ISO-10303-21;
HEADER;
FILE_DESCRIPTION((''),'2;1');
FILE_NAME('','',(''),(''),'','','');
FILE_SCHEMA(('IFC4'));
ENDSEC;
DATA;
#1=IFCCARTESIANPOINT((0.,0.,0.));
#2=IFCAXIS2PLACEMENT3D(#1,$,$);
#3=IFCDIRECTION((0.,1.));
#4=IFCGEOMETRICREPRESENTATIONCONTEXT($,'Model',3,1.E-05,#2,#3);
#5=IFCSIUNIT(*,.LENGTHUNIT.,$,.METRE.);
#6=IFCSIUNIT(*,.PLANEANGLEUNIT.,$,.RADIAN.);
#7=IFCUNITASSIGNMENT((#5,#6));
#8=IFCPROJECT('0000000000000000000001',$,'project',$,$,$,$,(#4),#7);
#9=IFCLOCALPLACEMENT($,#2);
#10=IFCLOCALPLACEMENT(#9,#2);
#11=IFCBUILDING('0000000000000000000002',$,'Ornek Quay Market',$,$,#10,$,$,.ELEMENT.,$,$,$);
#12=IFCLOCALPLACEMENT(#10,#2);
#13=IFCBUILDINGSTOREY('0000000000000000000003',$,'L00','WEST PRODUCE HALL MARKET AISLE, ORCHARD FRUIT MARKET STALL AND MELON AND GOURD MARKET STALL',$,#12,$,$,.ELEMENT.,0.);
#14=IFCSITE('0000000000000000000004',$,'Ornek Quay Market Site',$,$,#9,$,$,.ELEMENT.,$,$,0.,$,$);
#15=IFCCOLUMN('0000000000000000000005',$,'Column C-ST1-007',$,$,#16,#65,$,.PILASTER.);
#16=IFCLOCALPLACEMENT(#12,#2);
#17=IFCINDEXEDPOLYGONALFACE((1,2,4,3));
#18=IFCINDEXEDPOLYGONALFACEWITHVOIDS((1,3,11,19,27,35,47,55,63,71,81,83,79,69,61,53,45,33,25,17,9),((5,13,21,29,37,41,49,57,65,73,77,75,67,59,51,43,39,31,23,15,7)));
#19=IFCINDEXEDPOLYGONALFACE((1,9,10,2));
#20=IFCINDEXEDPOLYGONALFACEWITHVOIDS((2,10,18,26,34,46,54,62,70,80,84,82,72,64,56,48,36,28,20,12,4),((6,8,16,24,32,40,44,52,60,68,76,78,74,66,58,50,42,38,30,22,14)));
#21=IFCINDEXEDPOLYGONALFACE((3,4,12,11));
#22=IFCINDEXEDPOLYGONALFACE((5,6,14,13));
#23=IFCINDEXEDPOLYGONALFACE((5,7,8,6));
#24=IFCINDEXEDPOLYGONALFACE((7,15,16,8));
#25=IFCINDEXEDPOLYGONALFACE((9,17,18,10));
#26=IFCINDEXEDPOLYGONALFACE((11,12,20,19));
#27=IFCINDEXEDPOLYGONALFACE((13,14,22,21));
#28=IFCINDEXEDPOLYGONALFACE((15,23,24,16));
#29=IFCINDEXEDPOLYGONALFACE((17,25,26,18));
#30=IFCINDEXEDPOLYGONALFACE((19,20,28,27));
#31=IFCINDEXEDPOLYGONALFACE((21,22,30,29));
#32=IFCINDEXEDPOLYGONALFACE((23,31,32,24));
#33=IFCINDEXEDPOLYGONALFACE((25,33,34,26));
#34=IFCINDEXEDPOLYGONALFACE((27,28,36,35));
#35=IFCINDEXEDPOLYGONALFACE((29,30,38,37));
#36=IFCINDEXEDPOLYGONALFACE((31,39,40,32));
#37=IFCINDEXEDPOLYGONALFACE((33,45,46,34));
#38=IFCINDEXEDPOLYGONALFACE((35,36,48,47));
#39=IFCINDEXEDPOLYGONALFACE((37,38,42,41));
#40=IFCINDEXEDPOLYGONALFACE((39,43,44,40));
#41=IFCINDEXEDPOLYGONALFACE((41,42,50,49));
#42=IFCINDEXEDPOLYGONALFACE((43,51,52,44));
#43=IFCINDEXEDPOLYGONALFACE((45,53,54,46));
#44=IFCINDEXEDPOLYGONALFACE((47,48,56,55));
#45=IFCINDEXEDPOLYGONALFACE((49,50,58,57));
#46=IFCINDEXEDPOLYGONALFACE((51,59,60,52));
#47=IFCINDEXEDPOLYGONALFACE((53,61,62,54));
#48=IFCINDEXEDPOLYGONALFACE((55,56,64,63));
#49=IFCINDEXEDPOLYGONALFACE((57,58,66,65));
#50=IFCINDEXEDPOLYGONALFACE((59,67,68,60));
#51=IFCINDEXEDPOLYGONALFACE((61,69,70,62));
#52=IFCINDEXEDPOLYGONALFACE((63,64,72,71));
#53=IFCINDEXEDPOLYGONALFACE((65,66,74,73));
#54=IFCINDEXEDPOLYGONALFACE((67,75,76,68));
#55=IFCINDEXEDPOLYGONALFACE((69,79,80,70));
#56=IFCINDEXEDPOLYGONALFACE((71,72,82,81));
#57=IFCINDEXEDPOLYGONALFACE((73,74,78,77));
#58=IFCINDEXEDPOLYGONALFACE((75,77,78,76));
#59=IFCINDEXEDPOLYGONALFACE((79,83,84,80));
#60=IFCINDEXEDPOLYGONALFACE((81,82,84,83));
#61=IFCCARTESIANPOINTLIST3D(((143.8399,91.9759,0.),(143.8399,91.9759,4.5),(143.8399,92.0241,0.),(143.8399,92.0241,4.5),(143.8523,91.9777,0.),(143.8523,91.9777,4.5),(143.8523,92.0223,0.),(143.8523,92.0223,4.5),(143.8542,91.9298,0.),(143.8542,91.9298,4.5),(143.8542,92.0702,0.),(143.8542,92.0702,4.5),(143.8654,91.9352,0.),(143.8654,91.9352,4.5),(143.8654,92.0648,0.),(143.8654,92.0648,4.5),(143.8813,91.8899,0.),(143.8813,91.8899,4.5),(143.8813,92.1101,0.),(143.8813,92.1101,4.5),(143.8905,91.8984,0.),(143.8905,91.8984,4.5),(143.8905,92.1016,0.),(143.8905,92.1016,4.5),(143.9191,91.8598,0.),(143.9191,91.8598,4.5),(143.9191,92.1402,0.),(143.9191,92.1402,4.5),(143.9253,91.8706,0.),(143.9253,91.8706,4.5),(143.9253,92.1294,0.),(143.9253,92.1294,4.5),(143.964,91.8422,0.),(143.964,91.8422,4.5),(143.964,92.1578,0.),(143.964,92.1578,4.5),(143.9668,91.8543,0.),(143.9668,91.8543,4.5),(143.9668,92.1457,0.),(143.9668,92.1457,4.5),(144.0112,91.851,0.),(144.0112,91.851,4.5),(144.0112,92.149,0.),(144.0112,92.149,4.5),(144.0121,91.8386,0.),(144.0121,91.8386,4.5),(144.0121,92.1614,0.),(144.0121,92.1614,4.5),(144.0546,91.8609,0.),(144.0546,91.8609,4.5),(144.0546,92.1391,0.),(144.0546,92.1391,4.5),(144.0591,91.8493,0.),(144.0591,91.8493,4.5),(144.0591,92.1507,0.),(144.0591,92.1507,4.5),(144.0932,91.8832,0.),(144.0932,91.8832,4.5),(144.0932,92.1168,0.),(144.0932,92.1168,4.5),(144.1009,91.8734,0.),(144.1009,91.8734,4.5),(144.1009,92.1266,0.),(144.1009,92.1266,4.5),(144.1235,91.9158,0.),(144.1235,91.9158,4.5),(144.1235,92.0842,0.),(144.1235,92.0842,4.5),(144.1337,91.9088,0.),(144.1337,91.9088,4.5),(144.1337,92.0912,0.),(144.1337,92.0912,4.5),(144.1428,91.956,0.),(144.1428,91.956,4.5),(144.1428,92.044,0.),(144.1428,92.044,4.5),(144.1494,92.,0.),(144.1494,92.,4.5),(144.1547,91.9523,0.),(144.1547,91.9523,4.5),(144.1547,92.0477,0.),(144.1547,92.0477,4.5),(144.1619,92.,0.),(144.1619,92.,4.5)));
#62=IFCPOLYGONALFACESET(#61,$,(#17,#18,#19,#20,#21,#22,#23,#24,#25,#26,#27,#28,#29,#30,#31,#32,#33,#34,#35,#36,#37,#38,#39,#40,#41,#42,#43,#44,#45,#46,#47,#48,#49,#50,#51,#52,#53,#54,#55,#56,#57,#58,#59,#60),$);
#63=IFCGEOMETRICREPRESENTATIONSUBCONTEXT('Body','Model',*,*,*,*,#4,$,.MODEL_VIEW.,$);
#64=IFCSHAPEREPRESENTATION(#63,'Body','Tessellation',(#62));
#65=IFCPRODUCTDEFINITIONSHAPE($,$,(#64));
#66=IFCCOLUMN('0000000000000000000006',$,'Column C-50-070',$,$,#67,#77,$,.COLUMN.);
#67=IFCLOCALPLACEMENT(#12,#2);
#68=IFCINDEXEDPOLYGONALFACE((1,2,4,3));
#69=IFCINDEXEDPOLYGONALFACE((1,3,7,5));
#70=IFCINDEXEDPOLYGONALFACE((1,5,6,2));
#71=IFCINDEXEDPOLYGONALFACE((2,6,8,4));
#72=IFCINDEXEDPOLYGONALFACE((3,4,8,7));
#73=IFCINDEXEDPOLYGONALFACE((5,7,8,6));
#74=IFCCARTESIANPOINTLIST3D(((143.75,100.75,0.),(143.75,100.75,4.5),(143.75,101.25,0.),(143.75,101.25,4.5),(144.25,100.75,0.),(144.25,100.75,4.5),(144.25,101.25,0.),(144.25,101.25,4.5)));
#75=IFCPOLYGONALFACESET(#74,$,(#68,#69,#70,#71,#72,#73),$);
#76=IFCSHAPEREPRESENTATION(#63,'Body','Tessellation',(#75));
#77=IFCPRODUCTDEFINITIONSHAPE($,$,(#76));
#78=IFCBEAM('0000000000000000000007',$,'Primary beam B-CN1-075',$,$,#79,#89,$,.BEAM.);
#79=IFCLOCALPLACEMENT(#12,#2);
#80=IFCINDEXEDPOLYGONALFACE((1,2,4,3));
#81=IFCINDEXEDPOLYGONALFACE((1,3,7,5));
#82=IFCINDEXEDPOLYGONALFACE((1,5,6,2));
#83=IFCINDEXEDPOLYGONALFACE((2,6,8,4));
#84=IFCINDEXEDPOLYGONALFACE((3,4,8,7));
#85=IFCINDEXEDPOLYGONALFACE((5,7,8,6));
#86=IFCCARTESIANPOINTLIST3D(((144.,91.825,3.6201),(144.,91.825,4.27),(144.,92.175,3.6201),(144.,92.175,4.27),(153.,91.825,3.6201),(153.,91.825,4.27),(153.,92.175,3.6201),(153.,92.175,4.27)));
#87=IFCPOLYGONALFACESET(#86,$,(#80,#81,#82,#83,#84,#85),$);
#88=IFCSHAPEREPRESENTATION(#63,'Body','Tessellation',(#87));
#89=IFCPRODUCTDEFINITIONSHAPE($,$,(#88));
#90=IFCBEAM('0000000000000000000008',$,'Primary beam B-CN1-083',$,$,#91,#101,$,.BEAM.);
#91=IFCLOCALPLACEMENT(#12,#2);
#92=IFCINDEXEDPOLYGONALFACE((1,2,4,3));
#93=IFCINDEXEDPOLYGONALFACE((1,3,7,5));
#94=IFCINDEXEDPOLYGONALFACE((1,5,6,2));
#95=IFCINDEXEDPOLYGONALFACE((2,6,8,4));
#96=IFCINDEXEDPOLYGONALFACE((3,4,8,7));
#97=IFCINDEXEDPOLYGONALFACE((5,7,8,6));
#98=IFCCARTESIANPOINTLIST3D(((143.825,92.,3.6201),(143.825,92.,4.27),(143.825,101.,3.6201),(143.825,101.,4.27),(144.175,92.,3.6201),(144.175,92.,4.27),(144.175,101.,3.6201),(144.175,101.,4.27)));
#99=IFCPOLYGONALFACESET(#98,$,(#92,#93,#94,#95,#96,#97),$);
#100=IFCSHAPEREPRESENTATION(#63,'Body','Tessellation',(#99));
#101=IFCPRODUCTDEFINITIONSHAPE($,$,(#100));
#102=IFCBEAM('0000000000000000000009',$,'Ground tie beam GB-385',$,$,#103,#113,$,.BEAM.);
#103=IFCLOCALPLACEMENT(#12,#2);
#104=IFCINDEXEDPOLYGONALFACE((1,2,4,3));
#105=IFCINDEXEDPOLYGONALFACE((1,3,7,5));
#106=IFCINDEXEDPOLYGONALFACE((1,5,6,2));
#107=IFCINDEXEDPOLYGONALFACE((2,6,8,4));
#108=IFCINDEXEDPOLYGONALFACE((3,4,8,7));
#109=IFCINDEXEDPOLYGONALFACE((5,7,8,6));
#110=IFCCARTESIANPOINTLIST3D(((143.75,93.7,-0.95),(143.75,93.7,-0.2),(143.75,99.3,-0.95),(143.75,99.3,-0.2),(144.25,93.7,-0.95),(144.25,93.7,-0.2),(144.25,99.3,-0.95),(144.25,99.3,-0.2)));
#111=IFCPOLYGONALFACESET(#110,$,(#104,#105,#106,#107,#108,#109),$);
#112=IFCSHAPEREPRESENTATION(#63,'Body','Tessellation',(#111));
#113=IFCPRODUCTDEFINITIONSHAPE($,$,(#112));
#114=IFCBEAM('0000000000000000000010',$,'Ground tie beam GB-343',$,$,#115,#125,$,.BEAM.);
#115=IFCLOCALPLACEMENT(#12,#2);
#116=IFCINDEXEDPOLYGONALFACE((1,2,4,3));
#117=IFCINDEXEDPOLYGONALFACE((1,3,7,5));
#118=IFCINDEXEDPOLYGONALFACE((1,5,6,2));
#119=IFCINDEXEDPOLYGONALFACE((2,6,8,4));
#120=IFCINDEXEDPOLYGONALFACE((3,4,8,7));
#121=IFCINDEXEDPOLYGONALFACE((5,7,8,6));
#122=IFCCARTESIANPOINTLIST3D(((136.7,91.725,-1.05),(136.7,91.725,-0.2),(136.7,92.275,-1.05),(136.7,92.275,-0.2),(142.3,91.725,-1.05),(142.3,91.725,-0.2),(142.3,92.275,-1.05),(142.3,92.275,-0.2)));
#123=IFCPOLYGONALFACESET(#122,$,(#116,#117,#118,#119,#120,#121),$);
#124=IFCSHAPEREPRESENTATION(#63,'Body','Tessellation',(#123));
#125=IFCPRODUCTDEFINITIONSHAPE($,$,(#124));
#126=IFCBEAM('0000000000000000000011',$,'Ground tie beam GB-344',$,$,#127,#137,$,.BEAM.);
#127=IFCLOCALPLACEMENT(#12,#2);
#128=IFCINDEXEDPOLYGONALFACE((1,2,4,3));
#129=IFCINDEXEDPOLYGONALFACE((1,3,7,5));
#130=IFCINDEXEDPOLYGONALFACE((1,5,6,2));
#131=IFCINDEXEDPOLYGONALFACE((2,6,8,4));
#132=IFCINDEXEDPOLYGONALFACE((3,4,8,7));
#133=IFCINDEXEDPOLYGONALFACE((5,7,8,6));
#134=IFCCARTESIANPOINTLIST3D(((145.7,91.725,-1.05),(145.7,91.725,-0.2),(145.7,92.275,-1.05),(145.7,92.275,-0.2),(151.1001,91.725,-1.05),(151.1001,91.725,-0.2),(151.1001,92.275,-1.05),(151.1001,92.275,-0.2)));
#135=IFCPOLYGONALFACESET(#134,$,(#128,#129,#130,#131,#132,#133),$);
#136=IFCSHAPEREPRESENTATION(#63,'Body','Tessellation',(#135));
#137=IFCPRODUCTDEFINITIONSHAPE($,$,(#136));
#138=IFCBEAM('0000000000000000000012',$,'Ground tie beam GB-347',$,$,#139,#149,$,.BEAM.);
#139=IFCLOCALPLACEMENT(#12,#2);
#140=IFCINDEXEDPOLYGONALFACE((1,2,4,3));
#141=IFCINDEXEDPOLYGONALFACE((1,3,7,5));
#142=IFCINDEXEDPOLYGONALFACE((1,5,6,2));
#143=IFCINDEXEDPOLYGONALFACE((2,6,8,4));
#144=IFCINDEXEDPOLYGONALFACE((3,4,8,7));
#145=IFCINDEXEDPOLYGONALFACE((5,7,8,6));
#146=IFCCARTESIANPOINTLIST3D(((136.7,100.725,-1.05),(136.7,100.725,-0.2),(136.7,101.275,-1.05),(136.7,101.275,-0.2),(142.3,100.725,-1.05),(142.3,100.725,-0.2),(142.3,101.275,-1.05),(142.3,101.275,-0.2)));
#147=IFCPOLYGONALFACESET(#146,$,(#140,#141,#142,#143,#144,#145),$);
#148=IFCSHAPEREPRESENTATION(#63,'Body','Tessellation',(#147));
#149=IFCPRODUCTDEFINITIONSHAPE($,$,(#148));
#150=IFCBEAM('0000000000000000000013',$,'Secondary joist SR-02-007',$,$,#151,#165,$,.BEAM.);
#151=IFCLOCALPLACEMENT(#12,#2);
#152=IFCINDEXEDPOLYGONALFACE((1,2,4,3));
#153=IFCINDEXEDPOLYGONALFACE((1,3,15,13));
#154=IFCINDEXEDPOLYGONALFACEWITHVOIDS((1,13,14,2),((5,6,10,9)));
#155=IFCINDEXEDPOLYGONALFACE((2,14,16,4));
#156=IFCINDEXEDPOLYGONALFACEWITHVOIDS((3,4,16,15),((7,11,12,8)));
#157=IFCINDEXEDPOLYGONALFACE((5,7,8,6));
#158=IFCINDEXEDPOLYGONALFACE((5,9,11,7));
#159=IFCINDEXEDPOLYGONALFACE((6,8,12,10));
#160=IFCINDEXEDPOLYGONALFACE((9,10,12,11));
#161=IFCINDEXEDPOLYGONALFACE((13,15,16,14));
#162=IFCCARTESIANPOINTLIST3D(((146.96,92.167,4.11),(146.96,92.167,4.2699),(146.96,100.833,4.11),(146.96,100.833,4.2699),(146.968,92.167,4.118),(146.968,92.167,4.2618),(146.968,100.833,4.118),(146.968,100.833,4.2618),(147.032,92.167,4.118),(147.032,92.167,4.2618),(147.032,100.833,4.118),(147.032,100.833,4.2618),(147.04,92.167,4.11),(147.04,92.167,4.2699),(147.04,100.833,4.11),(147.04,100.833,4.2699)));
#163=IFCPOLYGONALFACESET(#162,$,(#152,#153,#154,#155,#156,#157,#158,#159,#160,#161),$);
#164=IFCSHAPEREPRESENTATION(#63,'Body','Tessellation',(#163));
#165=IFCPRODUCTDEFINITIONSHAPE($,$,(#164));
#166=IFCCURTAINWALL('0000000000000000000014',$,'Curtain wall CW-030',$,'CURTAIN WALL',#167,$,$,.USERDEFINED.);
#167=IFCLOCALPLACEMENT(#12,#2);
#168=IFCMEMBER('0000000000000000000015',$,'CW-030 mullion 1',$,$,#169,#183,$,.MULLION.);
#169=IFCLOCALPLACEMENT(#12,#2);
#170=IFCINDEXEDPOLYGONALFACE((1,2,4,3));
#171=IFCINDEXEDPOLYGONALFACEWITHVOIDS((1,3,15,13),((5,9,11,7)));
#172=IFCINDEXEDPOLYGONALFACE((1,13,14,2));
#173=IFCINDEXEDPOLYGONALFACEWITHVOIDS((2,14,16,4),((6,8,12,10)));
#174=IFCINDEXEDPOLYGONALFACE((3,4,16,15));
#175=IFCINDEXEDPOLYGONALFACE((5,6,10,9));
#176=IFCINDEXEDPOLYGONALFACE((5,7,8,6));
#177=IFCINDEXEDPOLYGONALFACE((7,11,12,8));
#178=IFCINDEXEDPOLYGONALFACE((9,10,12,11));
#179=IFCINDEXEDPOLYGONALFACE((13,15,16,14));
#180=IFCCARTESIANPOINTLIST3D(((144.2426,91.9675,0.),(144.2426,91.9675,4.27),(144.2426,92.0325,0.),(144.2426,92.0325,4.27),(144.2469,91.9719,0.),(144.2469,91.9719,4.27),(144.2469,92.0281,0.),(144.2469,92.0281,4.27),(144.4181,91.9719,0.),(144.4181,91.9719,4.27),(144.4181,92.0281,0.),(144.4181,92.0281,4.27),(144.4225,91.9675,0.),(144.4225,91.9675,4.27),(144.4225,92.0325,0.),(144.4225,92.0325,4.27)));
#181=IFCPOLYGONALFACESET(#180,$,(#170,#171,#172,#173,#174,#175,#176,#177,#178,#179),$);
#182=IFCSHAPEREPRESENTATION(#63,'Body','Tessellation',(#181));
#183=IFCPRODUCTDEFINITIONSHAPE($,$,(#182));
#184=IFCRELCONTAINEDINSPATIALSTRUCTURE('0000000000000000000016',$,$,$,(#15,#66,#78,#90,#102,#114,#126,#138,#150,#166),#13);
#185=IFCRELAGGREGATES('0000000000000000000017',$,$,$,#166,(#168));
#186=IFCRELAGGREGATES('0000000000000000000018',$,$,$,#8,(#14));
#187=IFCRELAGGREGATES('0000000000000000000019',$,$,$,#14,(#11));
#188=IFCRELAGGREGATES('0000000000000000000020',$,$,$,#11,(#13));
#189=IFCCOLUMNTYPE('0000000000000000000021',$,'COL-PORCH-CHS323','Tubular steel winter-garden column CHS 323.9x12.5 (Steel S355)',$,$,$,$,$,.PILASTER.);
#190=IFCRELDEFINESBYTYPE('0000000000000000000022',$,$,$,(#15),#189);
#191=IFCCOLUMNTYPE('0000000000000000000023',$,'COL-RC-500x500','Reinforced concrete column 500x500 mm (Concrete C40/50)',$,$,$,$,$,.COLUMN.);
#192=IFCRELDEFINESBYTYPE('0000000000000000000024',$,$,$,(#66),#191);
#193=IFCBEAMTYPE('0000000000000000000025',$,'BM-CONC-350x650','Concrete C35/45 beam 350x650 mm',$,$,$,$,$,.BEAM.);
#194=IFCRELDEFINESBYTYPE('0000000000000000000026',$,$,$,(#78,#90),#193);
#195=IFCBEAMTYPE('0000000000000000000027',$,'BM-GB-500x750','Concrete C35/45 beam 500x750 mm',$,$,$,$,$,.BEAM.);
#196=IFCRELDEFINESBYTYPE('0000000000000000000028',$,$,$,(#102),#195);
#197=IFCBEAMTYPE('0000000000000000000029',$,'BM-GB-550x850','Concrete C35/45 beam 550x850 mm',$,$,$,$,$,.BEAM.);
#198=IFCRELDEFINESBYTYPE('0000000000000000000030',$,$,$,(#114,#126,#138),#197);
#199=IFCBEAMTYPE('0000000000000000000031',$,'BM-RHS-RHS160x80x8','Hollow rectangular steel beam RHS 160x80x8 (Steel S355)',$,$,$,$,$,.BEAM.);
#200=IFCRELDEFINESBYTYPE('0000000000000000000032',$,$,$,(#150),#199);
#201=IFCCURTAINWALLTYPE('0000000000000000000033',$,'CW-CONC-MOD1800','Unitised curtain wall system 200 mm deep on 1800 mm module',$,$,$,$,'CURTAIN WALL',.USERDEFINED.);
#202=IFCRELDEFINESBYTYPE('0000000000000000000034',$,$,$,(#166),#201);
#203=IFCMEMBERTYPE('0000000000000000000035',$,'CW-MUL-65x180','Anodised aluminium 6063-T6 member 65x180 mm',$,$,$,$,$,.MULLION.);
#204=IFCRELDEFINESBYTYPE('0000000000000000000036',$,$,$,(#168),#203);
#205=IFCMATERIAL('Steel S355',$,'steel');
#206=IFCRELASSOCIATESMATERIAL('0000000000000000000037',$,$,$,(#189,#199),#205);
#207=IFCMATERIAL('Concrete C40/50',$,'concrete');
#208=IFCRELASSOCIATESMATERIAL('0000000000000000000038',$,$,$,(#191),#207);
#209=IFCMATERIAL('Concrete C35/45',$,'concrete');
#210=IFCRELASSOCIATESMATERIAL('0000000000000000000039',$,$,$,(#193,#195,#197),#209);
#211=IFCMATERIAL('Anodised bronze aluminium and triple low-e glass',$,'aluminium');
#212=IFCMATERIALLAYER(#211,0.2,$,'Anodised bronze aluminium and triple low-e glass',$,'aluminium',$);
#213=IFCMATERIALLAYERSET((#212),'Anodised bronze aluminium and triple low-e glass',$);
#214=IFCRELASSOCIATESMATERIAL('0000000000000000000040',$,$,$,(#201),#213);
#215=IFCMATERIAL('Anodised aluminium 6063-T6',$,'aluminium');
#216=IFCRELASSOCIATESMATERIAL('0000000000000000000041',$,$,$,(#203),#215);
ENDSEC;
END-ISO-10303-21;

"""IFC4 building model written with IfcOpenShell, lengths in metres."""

from ifc_helpers import new_model, si_unit, direction, frame, origin, origin_2d, place, context, subcontext, project, spatial, rectangle, hollow_rectangle, hollow_circle, extrude, material, layer, layer_set, material_profile, profile_set, type_object, element, aggregate, save


model = new_model("IFC4")

# Units and contexts
model_context = context("Model", 3, precision=1e-05, world=origin(), true_north=direction((0.0, 1.0)))
body_context = subcontext(model_context, "Body", "Model", "MODEL_VIEW")
ifc_project = project(units=[si_unit("LENGTHUNIT", "METRE"), si_unit("PLANEANGLEUNIT", "RADIAN")], contexts=[model_context])

# Site, building, storey
site_placement = place(None, origin())
site = spatial("IfcSite", under=ifc_project, at=site_placement, Name="Ornek Quay Market Site", CompositionType="ELEMENT", RefElevation=0.0)
building_placement = place(site_placement, origin())
building = spatial("IfcBuilding", under=site, at=building_placement, Name="Ornek Quay Market", CompositionType="ELEMENT")
storey_placement = place(building_placement, origin())
storey = spatial("IfcBuildingStorey", under=building, at=storey_placement, Name="L00", Description="WEST PRODUCE HALL MARKET AISLE, ORCHARD FRUIT MARKET STALL AND MELON AND GOURD MARKET STALL", CompositionType="ELEMENT", Elevation=0.0)

# Shared definitions
ifc_material_1 = material(Name="Concrete C35/45", Category="concrete")

# Columns
ifc_material_2 = material(Name="Steel S355", Category="steel")
ifc_material_profile_1 = material_profile(ifc_material_2, hollow_circle(Radius=0.1619, WallThickness=0.0125, at=origin_2d()), Name="CHS 323.9x12.5", Category="steel")
ifc_profile_set_1 = profile_set([ifc_material_profile_1], Name="Steel S355")
column_type_1 = type_object("IfcColumnType", Name="COL-PORCH-CHS323", Description="Tubular steel winter-garden column CHS 323.9x12.5 (Steel S355)", PredefinedType="PILASTER", material=ifc_profile_set_1)
column_1_placement = place(storey_placement, frame((144.0, 92.0, 0.0), z_axis=(0.0, 0.0, 1.0), x_axis=(1.0, 0.0, 0.0)))
element("IfcColumn", 1, at=column_1_placement, inside=storey, type_object=column_type_1, Name="Column C-ST1-007", PredefinedType="PILASTER", context=body_context, shape_type="SweptSolid", body=[
    extrude(hollow_circle(Radius=0.1619, WallThickness=0.0125, at=origin_2d()), origin(), (0.0, 0.0, 1.0), 4.5),
])
ifc_material_3 = material(Name="Concrete C40/50", Category="concrete")
ifc_material_profile_2 = material_profile(ifc_material_3, rectangle(XDim=0.5, YDim=0.5, at=origin_2d()), Name="RC 500x500", Category="concrete")
ifc_profile_set_2 = profile_set([ifc_material_profile_2], Name="Concrete C40/50")
column_type_2 = type_object("IfcColumnType", Name="COL-RC-500x500", Description="Reinforced concrete column 500x500 mm (Concrete C40/50)", PredefinedType="COLUMN", material=ifc_profile_set_2)
column_2_placement = place(storey_placement, frame((144.0, 101.0, 0.0), z_axis=(0.0, 0.0, 1.0), x_axis=(1.0, 0.0, 0.0)))
element("IfcColumn", 2, at=column_2_placement, inside=storey, type_object=column_type_2, Name="Column C-50-070", PredefinedType="COLUMN", context=body_context, shape_type="SweptSolid", body=[
    extrude(rectangle(XDim=0.5, YDim=0.5, at=origin_2d()), origin(), (0.0, 0.0, 1.0), 4.5),
])

# Beams
ifc_material_profile_3 = material_profile(ifc_material_1, rectangle(XDim=0.3501, YDim=0.6499, at=origin_2d()), Name="RC 350x650", Category="concrete")
ifc_profile_set_3 = profile_set([ifc_material_profile_3], Name="Concrete C35/45")
beam_type_1 = type_object("IfcBeamType", Name="BM-CONC-350x650", Description="Concrete C35/45 beam 350x650 mm", PredefinedType="BEAM", material=ifc_profile_set_3)
for number, where, z_axis, x_axis, name in (
    (3, (144.0, 92.0, 3.9451), (1.0, 0.0, 0.0), (0.0, 1.0, 0.0), "Primary beam B-CN1-075"),
    (4, (144.0, 92.0, 3.9451), (0.0, 1.0, 0.0), (-1.0, 0.0, 0.0), "Primary beam B-CN1-083"),
):
    element("IfcBeam", number, at=place(storey_placement, frame(where, z_axis=z_axis, x_axis=x_axis)), inside=storey, type_object=beam_type_1, Name=name, PredefinedType="BEAM", context=body_context, shape_type="SweptSolid", body=[
        extrude(rectangle(XDim=0.3501, YDim=0.6499, at=origin_2d()), origin(), (0.0, 0.0, 1.0), 9.0),
    ])
ifc_material_profile_4 = material_profile(ifc_material_1, rectangle(XDim=0.5, YDim=0.75, at=origin_2d()), Name="RC 500x750", Category="concrete")
ifc_profile_set_4 = profile_set([ifc_material_profile_4], Name="Concrete C35/45")
beam_type_2 = type_object("IfcBeamType", Name="BM-GB-500x750", Description="Concrete C35/45 beam 500x750 mm", PredefinedType="BEAM", material=ifc_profile_set_4)
beam_1_placement = place(storey_placement, frame((144.0, 93.7, -0.575), z_axis=(0.0, 1.0, 0.0), x_axis=(-1.0, 0.0, 0.0)))
element("IfcBeam", 5, at=beam_1_placement, inside=storey, type_object=beam_type_2, Name="Ground tie beam GB-385", PredefinedType="BEAM", context=body_context, shape_type="SweptSolid", body=[
    extrude(rectangle(XDim=0.5, YDim=0.75, at=origin_2d()), origin(), (0.0, 0.0, 1.0), 5.6001),
])
ifc_material_profile_5 = material_profile(ifc_material_1, rectangle(XDim=0.55, YDim=0.8501, at=origin_2d()), Name="RC 550x850", Category="concrete")
ifc_profile_set_5 = profile_set([ifc_material_profile_5], Name="Concrete C35/45")
beam_type_3 = type_object("IfcBeamType", Name="BM-GB-550x850", Description="Concrete C35/45 beam 550x850 mm", PredefinedType="BEAM", material=ifc_profile_set_5)
beam_2_placement = place(storey_placement, frame((136.7, 92.0, -0.625), z_axis=(1.0, 0.0, 0.0), x_axis=(0.0, 1.0, 0.0)))
element("IfcBeam", 6, at=beam_2_placement, inside=storey, type_object=beam_type_3, Name="Ground tie beam GB-343", PredefinedType="BEAM", context=body_context, shape_type="SweptSolid", body=[
    extrude(rectangle(XDim=0.55, YDim=0.8501, at=origin_2d()), origin(), (0.0, 0.0, 1.0), 5.6001),
])
beam_3_placement = place(storey_placement, frame((145.7, 92.0, -0.625), z_axis=(1.0, 0.0, 0.0), x_axis=(0.0, 1.0, 0.0)))
element("IfcBeam", 7, at=beam_3_placement, inside=storey, type_object=beam_type_3, Name="Ground tie beam GB-344", PredefinedType="BEAM", context=body_context, shape_type="SweptSolid", body=[
    extrude(rectangle(XDim=0.55, YDim=0.8501, at=origin_2d()), origin(), (0.0, 0.0, 1.0), 5.4001),
])
beam_4_placement = place(storey_placement, frame((136.7, 101.0, -0.625), z_axis=(1.0, 0.0, 0.0), x_axis=(0.0, 1.0, 0.0)))
element("IfcBeam", 8, at=beam_4_placement, inside=storey, type_object=beam_type_3, Name="Ground tie beam GB-347", PredefinedType="BEAM", context=body_context, shape_type="SweptSolid", body=[
    extrude(rectangle(XDim=0.55, YDim=0.8501, at=origin_2d()), origin(), (0.0, 0.0, 1.0), 5.6001),
])
ifc_material_profile_6 = material_profile(ifc_material_2, hollow_rectangle(XDim=0.0801, YDim=0.1599, WallThickness=0.0081, at=origin_2d()), Name="RHS 160x80x8", Category="steel")
ifc_profile_set_6 = profile_set([ifc_material_profile_6], Name="Steel S355")
beam_type_4 = type_object("IfcBeamType", Name="BM-RHS-RHS160x80x8", Description="Hollow rectangular steel beam RHS 160x80x8 (Steel S355)", PredefinedType="BEAM", material=ifc_profile_set_6)
beam_5_placement = place(storey_placement, frame((147.0, 92.167, 4.1899), z_axis=(0.0, 1.0, 0.0), x_axis=(-1.0, 0.0, 0.0)))
element("IfcBeam", 9, at=beam_5_placement, inside=storey, type_object=beam_type_4, Name="Secondary joist SR-02-007", PredefinedType="BEAM", context=body_context, shape_type="SweptSolid", body=[
    extrude(hollow_rectangle(XDim=0.0801, YDim=0.1599, WallThickness=0.0081, at=origin_2d()), origin(), (0.0, 0.0, 1.0), 8.666),
])

# Curtain wall, member
ifc_material_4 = material(Name="Anodised bronze aluminium and triple low-e glass", Category="aluminium")
ifc_layer_1 = layer(ifc_material_4, 0.2, Name="Anodised bronze aluminium and triple low-e glass", Category="aluminium")
ifc_layer_set_1 = layer_set([ifc_layer_1], Name="Anodised bronze aluminium and triple low-e glass")
curtain_wall_type = type_object("IfcCurtainWallType", Name="CW-CONC-MOD1800", Description="Unitised curtain wall system 200 mm deep on 1800 mm module", ElementType="CURTAIN WALL", PredefinedType="USERDEFINED", material=ifc_layer_set_1)
curtain_wall_placement = place(storey_placement, origin())
curtain_wall = element("IfcCurtainWall", 10, at=curtain_wall_placement, inside=storey, type_object=curtain_wall_type, Name="Curtain wall CW-030", ObjectType="CURTAIN WALL", PredefinedType="USERDEFINED")
ifc_material_5 = material(Name="Anodised aluminium 6063-T6", Category="aluminium")
ifc_material_profile_7 = material_profile(ifc_material_5, hollow_rectangle(XDim=0.0649, YDim=0.1799, WallThickness=0.0044, at=origin_2d()), Name="CW-MUL-65x180", Category="aluminium")
ifc_profile_set_7 = profile_set([ifc_material_profile_7], Name="Anodised aluminium 6063-T6")
member_type_1 = type_object("IfcMemberType", Name="CW-MUL-65x180", Description="Anodised aluminium 6063-T6 member 65x180 mm", PredefinedType="MULLION", material=ifc_profile_set_7)
member_1_placement = place(storey_placement, frame((144.3325, 92.0, 0.0), z_axis=(0.0, 0.0, 1.0), x_axis=(0.0, 1.0, 0.0)))
member_1 = element("IfcMember", 11, at=member_1_placement, type_object=member_type_1, Name="CW-030 mullion 1", PredefinedType="MULLION", context=body_context, shape_type="SweptSolid", body=[
    extrude(hollow_rectangle(XDim=0.0649, YDim=0.1799, WallThickness=0.0044, at=origin_2d()), origin(), (0.0, 0.0, 1.0), 4.27),
])
aggregate(curtain_wall, [member_1])

save(model, "model.ifc")
